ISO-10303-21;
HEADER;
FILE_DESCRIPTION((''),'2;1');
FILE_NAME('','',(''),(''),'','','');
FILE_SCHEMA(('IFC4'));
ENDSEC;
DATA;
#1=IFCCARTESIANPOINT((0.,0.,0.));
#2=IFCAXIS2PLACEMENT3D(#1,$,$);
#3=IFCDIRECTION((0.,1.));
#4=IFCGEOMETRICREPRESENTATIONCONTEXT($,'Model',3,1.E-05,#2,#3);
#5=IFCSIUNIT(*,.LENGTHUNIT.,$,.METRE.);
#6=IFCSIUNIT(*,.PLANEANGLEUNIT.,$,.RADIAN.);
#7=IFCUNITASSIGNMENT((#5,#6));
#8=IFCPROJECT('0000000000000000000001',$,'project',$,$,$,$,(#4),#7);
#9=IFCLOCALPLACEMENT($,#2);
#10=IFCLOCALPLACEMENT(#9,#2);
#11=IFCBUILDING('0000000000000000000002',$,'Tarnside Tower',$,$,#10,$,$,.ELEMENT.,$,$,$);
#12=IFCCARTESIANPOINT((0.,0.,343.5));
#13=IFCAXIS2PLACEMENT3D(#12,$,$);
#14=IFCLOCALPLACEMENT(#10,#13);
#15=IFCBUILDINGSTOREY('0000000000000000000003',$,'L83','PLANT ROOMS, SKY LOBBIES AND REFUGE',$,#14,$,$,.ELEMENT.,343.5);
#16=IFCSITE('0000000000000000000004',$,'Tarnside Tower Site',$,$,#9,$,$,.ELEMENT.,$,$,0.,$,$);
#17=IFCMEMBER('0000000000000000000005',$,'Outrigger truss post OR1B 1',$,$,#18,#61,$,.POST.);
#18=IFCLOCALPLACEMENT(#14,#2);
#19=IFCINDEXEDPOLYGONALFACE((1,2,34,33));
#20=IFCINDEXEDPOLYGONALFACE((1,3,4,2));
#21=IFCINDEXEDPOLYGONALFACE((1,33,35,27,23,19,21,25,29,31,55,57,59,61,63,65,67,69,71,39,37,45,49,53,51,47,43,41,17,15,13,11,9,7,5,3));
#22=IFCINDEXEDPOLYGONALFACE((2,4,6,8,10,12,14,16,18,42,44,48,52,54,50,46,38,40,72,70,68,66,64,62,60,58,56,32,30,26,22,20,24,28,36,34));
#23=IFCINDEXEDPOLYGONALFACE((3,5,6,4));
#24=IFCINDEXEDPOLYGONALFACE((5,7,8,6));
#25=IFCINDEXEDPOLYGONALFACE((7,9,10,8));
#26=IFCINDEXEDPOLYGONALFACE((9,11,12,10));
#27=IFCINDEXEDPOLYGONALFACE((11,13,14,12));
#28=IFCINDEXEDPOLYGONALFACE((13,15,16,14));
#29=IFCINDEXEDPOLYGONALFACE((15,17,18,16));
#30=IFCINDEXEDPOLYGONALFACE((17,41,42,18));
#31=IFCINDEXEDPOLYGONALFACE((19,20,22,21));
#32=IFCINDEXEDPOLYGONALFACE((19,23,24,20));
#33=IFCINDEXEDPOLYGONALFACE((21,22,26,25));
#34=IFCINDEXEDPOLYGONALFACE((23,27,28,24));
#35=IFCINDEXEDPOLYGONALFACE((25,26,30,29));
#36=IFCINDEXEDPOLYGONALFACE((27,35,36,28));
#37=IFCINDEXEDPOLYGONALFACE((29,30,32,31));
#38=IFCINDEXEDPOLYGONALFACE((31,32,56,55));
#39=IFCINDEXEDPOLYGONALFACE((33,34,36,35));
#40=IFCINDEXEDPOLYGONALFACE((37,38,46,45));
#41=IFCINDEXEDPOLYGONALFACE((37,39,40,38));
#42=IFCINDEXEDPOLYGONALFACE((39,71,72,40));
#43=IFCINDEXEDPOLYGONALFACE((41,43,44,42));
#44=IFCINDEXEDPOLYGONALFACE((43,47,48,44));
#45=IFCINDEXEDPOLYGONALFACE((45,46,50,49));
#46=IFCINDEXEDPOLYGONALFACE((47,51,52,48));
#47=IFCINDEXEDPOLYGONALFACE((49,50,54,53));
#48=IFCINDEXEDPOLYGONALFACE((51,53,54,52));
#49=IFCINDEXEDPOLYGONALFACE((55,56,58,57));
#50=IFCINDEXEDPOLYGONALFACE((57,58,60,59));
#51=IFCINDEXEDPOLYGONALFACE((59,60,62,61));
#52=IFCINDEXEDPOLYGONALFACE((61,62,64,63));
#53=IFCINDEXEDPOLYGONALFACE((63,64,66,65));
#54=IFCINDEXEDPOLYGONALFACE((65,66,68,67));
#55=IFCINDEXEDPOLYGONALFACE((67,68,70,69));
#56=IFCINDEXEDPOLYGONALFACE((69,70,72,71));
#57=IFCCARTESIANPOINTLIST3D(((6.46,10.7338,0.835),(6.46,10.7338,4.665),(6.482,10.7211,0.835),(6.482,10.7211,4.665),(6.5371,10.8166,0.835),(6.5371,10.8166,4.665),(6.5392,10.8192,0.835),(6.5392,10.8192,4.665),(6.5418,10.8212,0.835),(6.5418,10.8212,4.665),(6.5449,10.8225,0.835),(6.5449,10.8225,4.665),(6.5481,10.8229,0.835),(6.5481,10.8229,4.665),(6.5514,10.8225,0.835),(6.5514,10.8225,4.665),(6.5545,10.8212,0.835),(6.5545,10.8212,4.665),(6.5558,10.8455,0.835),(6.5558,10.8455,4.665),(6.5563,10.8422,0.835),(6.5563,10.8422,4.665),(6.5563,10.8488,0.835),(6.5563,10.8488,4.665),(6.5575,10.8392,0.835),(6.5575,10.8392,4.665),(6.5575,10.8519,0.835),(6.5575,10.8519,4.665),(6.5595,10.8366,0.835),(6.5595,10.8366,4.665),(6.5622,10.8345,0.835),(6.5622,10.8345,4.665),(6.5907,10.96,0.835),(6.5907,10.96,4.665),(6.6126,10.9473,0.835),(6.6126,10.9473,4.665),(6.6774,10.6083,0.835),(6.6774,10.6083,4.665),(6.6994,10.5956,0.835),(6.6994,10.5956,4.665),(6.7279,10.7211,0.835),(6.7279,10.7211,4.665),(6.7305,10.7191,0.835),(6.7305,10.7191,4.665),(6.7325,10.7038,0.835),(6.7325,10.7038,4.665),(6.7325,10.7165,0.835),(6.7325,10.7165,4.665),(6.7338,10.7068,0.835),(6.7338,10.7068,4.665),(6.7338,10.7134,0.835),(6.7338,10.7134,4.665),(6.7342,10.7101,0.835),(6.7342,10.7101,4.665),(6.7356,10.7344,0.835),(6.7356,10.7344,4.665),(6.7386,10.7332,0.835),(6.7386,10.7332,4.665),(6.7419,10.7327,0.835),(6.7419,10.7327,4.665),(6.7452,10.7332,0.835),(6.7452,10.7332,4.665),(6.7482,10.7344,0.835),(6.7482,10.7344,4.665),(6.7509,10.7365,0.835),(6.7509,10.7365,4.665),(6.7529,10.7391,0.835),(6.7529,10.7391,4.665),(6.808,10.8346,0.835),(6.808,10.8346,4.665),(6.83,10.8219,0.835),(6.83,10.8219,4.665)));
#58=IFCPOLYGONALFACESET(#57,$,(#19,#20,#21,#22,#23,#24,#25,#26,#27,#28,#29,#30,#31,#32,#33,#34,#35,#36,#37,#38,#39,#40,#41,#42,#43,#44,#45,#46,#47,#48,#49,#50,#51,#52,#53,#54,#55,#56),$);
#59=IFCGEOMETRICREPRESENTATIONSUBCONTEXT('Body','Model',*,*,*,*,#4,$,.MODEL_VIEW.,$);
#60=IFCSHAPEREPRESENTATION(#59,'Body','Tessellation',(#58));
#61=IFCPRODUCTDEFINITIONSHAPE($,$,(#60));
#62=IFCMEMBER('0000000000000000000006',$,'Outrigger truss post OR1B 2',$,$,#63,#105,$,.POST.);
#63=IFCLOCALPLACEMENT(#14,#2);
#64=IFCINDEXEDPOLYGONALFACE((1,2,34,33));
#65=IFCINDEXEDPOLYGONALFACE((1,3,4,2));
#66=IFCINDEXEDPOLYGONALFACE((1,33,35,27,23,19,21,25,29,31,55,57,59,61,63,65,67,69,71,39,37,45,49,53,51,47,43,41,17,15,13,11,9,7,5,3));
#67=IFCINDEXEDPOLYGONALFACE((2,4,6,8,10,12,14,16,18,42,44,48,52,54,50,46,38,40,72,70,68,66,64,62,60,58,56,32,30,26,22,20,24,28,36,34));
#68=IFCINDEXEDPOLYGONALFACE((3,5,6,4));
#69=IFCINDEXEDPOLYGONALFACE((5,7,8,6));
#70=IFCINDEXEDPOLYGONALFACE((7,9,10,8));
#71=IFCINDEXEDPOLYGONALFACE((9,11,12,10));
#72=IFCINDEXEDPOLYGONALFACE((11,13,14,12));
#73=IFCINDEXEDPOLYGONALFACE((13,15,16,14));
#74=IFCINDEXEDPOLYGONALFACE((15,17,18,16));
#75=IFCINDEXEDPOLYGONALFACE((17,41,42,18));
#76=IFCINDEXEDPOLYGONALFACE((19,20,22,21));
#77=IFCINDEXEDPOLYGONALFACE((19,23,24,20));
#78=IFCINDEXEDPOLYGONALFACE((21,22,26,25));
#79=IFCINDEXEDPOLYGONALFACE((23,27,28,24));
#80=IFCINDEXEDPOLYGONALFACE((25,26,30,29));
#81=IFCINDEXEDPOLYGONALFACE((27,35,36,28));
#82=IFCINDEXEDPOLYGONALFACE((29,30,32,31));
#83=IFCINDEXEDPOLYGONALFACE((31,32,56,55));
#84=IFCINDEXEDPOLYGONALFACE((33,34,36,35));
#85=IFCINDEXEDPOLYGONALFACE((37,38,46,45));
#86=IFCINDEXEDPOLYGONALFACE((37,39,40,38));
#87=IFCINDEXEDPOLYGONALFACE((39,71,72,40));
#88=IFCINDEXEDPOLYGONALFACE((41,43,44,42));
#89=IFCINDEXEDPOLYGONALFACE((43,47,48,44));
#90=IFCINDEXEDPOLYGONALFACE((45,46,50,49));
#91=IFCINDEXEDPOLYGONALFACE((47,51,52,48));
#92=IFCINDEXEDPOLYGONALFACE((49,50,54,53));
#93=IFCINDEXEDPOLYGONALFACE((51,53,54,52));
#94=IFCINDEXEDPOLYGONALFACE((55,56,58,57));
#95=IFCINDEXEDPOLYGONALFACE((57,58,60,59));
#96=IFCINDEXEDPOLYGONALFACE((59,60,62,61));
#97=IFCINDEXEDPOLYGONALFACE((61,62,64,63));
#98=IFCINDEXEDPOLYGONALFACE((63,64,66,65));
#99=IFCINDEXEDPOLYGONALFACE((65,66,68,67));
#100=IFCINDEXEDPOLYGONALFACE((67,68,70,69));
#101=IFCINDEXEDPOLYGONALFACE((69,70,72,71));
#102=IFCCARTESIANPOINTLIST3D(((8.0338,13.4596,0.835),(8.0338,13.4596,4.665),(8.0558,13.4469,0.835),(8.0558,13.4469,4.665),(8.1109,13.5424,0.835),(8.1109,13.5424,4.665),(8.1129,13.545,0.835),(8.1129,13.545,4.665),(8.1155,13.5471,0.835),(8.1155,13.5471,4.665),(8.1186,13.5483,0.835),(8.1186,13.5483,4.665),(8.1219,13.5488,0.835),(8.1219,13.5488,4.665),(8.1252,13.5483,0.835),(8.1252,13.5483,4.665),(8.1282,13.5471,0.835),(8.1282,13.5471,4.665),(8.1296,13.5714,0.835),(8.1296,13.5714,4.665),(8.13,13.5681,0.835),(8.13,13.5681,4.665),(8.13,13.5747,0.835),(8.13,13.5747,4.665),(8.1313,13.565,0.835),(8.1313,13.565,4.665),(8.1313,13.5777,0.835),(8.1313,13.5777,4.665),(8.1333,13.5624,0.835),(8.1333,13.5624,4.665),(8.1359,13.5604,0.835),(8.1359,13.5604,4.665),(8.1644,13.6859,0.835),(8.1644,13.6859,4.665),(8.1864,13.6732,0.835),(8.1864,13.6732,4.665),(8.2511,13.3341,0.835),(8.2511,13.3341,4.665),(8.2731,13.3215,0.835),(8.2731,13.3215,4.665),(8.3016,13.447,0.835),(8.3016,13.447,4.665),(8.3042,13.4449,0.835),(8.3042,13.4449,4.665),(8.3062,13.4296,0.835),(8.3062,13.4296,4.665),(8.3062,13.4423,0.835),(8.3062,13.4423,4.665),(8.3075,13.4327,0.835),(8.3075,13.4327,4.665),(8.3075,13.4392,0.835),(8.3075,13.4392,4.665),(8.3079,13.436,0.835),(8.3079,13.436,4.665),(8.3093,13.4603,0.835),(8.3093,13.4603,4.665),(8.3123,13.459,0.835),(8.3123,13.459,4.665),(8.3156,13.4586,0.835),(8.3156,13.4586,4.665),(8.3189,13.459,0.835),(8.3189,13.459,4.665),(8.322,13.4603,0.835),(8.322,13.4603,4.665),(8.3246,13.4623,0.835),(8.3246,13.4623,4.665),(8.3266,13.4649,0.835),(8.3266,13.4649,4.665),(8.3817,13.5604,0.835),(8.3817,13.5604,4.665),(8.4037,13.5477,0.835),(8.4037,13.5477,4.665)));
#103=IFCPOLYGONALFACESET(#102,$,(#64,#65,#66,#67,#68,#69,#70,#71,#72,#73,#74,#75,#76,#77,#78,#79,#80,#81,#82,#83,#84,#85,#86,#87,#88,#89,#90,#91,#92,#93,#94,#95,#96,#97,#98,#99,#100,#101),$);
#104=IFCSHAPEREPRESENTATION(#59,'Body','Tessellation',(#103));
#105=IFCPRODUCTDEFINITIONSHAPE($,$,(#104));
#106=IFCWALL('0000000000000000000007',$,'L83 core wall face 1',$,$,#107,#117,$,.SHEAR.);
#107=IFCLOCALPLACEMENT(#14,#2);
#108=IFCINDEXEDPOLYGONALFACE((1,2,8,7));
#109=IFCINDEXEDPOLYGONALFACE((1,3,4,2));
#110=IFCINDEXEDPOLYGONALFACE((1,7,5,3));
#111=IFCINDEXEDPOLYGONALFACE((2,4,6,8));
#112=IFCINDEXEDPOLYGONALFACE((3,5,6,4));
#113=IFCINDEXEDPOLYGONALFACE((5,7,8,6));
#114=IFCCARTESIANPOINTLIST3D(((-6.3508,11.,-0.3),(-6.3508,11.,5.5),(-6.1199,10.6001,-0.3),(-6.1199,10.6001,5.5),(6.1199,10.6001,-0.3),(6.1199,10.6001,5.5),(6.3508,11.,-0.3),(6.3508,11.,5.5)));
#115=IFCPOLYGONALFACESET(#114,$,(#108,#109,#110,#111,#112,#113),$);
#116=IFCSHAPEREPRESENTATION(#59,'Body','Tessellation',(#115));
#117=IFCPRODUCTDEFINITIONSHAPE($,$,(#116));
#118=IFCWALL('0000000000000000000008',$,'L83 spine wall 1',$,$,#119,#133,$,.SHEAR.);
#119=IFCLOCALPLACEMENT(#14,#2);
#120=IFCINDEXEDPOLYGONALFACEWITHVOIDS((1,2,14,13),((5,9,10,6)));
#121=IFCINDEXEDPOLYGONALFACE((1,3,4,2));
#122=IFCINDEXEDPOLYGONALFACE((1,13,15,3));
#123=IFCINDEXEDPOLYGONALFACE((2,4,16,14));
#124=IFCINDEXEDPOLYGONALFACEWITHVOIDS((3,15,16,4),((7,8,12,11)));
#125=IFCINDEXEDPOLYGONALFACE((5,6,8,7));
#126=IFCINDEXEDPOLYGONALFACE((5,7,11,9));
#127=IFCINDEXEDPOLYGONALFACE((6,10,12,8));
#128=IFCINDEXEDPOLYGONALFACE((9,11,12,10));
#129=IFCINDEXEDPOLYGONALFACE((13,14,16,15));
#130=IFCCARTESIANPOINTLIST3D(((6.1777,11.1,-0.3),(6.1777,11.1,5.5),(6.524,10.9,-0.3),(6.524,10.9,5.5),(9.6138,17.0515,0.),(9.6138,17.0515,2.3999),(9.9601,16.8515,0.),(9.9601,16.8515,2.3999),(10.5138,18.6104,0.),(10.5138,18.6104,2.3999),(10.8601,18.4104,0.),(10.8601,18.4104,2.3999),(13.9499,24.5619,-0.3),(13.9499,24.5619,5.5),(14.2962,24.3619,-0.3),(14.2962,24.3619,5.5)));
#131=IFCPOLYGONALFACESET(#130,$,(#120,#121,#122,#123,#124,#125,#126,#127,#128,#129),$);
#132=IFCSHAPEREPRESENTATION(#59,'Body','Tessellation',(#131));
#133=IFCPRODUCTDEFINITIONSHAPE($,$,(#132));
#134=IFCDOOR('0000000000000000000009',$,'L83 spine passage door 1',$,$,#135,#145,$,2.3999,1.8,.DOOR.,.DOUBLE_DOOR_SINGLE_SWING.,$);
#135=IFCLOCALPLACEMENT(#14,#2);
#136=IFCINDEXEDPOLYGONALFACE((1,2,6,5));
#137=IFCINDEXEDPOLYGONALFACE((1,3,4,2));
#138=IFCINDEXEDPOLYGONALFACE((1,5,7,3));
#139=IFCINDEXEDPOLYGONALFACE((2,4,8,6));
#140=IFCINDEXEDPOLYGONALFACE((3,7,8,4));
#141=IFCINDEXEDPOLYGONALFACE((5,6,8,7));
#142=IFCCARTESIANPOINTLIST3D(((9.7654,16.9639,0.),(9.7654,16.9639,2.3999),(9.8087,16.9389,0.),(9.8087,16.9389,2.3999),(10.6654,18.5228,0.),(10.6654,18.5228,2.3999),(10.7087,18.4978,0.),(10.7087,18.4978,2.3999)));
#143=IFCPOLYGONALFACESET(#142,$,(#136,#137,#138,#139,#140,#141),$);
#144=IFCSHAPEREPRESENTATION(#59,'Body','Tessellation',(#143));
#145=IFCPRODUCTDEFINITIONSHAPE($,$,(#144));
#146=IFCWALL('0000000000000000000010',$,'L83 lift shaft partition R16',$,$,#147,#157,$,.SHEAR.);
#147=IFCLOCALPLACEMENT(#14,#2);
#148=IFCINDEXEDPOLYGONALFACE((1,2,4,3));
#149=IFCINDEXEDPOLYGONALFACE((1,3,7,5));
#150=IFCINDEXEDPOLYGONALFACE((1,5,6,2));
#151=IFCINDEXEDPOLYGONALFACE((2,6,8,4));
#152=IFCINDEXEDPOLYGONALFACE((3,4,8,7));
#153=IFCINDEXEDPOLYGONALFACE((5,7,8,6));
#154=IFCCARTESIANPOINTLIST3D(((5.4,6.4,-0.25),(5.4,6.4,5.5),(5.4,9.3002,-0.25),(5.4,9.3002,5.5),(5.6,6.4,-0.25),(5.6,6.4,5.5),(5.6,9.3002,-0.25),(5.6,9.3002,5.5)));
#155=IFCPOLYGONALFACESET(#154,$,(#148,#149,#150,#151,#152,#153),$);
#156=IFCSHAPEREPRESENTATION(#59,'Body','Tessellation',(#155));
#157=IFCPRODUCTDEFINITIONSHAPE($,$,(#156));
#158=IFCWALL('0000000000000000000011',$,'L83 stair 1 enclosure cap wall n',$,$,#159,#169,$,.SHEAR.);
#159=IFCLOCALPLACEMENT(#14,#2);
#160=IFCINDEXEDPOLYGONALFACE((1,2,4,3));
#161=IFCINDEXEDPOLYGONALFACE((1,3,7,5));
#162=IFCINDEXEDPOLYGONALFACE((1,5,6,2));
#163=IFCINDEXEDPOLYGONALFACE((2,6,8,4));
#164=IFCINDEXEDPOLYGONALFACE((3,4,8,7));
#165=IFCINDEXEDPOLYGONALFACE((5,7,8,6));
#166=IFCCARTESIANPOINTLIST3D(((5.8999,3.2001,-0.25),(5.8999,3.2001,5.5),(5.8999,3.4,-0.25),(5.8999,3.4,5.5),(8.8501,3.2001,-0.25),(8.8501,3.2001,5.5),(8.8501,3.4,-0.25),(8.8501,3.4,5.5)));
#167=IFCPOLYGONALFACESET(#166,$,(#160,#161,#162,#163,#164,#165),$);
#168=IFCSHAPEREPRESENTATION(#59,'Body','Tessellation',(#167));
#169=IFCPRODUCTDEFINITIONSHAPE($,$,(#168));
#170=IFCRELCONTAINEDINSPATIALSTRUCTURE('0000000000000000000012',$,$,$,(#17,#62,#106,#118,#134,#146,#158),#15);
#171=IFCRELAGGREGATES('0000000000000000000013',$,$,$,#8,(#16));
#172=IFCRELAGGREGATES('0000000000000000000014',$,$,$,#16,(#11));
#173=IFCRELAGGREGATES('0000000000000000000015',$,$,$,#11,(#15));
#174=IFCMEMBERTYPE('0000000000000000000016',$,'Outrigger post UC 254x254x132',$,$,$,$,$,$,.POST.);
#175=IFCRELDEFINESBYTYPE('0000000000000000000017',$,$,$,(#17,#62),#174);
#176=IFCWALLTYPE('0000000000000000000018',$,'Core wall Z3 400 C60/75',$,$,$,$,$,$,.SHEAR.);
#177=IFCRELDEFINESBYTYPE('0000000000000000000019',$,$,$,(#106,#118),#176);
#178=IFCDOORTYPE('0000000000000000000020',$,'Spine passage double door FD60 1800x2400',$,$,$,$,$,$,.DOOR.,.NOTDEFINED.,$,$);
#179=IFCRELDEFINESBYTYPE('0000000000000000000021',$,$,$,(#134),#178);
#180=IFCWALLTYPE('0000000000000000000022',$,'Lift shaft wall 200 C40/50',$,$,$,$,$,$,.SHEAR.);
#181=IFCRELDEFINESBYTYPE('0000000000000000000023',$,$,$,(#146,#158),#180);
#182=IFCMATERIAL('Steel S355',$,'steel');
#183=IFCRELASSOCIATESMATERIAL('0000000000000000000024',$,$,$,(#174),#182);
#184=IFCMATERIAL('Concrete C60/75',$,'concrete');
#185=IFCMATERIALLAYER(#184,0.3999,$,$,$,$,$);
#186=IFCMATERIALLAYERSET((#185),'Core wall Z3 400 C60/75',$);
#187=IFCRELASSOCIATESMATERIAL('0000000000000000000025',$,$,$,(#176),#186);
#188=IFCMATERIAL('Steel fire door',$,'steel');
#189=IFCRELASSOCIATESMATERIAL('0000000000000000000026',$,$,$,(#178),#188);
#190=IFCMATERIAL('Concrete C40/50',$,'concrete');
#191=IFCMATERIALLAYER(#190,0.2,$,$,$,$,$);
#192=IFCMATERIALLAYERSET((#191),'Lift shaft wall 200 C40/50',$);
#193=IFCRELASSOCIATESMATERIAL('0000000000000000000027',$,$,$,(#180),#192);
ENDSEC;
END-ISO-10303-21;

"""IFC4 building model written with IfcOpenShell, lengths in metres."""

from ifc_helpers import new_model, si_unit, direction, frame, frame_2d, origin, origin_2d, place, context, subcontext, project, spatial, polyline, rectangle, i_section, outline, extrude, material, layer, layer_set, material_profile, profile_set, type_object, element, fill, save


model = new_model("IFC4")

# Units and contexts
model_context = context("Model", 3, precision=1e-05, world=origin(), true_north=direction((0.0, 1.0)))
body_context = subcontext(model_context, "Body", "Model", "MODEL_VIEW")
ifc_project = project(units=[si_unit("LENGTHUNIT", "METRE"), si_unit("PLANEANGLEUNIT", "RADIAN")], contexts=[model_context])

# Site, building, storey
site_placement = place(None, origin())
site = spatial("IfcSite", under=ifc_project, at=site_placement, Name="Tarnside Tower Site", CompositionType="ELEMENT", RefElevation=0.0)
building_placement = place(site_placement, origin())
building = spatial("IfcBuilding", under=site, at=building_placement, Name="Tarnside Tower", CompositionType="ELEMENT")
storey_placement = place(building_placement, frame((0.0, 0.0, 343.5)))
storey = spatial("IfcBuildingStorey", under=building, at=storey_placement, Name="L83", Description="PLANT ROOMS, SKY LOBBIES AND REFUGE", CompositionType="ELEMENT", Elevation=343.5)

# Members
ifc_material_1 = material(Name="Steel S355", Category="steel")
ifc_material_profile_1 = material_profile(ifc_material_1, i_section(OverallWidth=0.2612, OverallDepth=0.2764, WebThickness=0.0154, FlangeThickness=0.0254, FilletRadius=0.0127, at=origin_2d()), Name="UC 254x254x132")
ifc_profile_set_1 = profile_set([ifc_material_profile_1], Name="Steel S355")
member_type_1 = type_object("IfcMemberType", Name="Outrigger post UC 254x254x132", PredefinedType="POST", material=ifc_profile_set_1)
for number, where, z_axis, x_axis, name in (
    (1, (6.645, 10.7778, 0.835), (0.0, 0.0, 1.0), (0.5, 0.866025, 0.0), "Outrigger truss post OR1B 1"),
    (2, (8.2188, 13.5037, 0.835), (0.0, 0.0, 1.0), (0.5, 0.866025, 0.0), "Outrigger truss post OR1B 2"),
):
    element("IfcMember", number, at=place(storey_placement, frame(where, z_axis=z_axis, x_axis=x_axis)), inside=storey, type_object=member_type_1, Name=name, PredefinedType="POST", context=body_context, shape_type="SweptSolid", body=[
        extrude(i_section(OverallWidth=0.2612, OverallDepth=0.2764, WebThickness=0.0154, FlangeThickness=0.0254, FilletRadius=0.0127, at=origin_2d()), origin(), (0.0, 0.0, 1.0), 3.8301),
    ])

# Wall
ifc_material_2 = material(Name="Concrete C60/75", Category="concrete")
ifc_layer_1 = layer(ifc_material_2, 0.3999)
ifc_layer_set_1 = layer_set([ifc_layer_1], Name="Core wall Z3 400 C60/75")
wall_type_1 = type_object("IfcWallType", Name="Core wall Z3 400 C60/75", PredefinedType="SHEAR", material=ifc_layer_set_1)
wall_1_placement = place(storey_placement, frame((6.2354, 10.8, -0.3), z_axis=(0.0, 0.0, 1.0), x_axis=(-1.0, 0.0, 0.0)))
element("IfcWall", 3, at=wall_1_placement, inside=storey, type_object=wall_type_1, Name="L83 core wall face 1", PredefinedType="SHEAR", context=body_context, shape_type="SweptSolid", body=[
    extrude(outline(polyline([(-0.1155, -0.2), (12.5862, -0.2), (12.3552, 0.2), (0.1155, 0.2), (-0.1155, -0.2)])), origin(), (0.0, 0.0, 1.0), 5.8),
])

# Wall, opening, door
wall_2_placement = place(storey_placement, frame((6.3508, 11.0, -0.3), z_axis=(0.0, 0.0, 1.0), x_axis=(0.499999, 0.866026, 0.0)))
wall_2 = element("IfcWall", 4, at=wall_2_placement, inside=storey, type_object=wall_type_1, Name="L83 spine wall 1", PredefinedType="SHEAR", context=body_context, shape_type="SweptSolid", body=[
    extrude(rectangle(XDim=15.5444, YDim=0.3999, at=frame_2d((7.7722, 0.0))), origin(), (0.0, 0.0, 1.0), 5.8),
])
opening_1_placement = place(wall_2_placement, frame((6.8723, 0.0, 0.3)))
opening_1 = element("IfcOpeningElement", 5, at=opening_1_placement, cuts=wall_2, PredefinedType="OPENING", context=body_context, shape_type="SweptSolid", body=[
    extrude(rectangle(XDim=1.8, YDim=2.3999, at=frame_2d((0.8999, 1.2))), frame((0.0, 0.21, 0.0), z_axis=(0.0, -1.0, 0.0), x_axis=(1.0, 0.0, 0.0)), (0.0, 0.0, 1.0), 0.4199),
])
ifc_material_3 = material(Name="Steel fire door", Category="steel")
door_type_1 = type_object("IfcDoorType", Name="Spine passage double door FD60 1800x2400", OperationType="NOTDEFINED", PredefinedType="DOOR", material=ifc_material_3)
door_1_placement = place(opening_1_placement, origin())
door_1 = element("IfcDoor", 6, at=door_1_placement, inside=storey, type_object=door_type_1, Name="L83 spine passage door 1", OperationType="DOUBLE_DOOR_SINGLE_SWING", OverallHeight=2.3999, OverallWidth=1.8, PredefinedType="DOOR", context=body_context, shape_type="SweptSolid", body=[
    extrude(rectangle(XDim=1.8, YDim=2.3999, at=frame_2d((0.8999, 1.2))), frame((0.0, 0.0249, 0.0), z_axis=(0.0, -1.0, 0.0), x_axis=(1.0, 0.0, 0.0)), (0.0, 0.0, 1.0), 0.05),
])
fill(opening_1, door_1)

# Walls
ifc_material_4 = material(Name="Concrete C40/50", Category="concrete")
ifc_layer_2 = layer(ifc_material_4, 0.2)
ifc_layer_set_2 = layer_set([ifc_layer_2], Name="Lift shaft wall 200 C40/50")
wall_type_2 = type_object("IfcWallType", Name="Lift shaft wall 200 C40/50", PredefinedType="SHEAR", material=ifc_layer_set_2)
wall_3_placement = place(storey_placement, frame((5.5, 6.3999, -0.25), z_axis=(0.0, 0.0, 1.0), x_axis=(0.0, 1.0, 0.0)))
element("IfcWall", 7, at=wall_3_placement, inside=storey, type_object=wall_type_2, Name="L83 lift shaft partition R16", PredefinedType="SHEAR", context=body_context, shape_type="SweptSolid", body=[
    extrude(rectangle(XDim=2.9001, YDim=0.2, at=frame_2d((1.4502, 0.0))), origin(), (0.0, 0.0, 1.0), 5.75),
])
wall_4_placement = place(storey_placement, frame((5.8999, 3.3, -0.25), z_axis=(0.0, 0.0, 1.0), x_axis=(1.0, 0.0, 0.0)))
element("IfcWall", 8, at=wall_4_placement, inside=storey, type_object=wall_type_2, Name="L83 stair 1 enclosure cap wall n", PredefinedType="SHEAR", context=body_context, shape_type="SweptSolid", body=[
    extrude(rectangle(XDim=2.9502, YDim=0.2, at=frame_2d((1.4751, 0.0))), origin(), (0.0, 0.0, 1.0), 5.75),
])

save(model, "model.ifc")
